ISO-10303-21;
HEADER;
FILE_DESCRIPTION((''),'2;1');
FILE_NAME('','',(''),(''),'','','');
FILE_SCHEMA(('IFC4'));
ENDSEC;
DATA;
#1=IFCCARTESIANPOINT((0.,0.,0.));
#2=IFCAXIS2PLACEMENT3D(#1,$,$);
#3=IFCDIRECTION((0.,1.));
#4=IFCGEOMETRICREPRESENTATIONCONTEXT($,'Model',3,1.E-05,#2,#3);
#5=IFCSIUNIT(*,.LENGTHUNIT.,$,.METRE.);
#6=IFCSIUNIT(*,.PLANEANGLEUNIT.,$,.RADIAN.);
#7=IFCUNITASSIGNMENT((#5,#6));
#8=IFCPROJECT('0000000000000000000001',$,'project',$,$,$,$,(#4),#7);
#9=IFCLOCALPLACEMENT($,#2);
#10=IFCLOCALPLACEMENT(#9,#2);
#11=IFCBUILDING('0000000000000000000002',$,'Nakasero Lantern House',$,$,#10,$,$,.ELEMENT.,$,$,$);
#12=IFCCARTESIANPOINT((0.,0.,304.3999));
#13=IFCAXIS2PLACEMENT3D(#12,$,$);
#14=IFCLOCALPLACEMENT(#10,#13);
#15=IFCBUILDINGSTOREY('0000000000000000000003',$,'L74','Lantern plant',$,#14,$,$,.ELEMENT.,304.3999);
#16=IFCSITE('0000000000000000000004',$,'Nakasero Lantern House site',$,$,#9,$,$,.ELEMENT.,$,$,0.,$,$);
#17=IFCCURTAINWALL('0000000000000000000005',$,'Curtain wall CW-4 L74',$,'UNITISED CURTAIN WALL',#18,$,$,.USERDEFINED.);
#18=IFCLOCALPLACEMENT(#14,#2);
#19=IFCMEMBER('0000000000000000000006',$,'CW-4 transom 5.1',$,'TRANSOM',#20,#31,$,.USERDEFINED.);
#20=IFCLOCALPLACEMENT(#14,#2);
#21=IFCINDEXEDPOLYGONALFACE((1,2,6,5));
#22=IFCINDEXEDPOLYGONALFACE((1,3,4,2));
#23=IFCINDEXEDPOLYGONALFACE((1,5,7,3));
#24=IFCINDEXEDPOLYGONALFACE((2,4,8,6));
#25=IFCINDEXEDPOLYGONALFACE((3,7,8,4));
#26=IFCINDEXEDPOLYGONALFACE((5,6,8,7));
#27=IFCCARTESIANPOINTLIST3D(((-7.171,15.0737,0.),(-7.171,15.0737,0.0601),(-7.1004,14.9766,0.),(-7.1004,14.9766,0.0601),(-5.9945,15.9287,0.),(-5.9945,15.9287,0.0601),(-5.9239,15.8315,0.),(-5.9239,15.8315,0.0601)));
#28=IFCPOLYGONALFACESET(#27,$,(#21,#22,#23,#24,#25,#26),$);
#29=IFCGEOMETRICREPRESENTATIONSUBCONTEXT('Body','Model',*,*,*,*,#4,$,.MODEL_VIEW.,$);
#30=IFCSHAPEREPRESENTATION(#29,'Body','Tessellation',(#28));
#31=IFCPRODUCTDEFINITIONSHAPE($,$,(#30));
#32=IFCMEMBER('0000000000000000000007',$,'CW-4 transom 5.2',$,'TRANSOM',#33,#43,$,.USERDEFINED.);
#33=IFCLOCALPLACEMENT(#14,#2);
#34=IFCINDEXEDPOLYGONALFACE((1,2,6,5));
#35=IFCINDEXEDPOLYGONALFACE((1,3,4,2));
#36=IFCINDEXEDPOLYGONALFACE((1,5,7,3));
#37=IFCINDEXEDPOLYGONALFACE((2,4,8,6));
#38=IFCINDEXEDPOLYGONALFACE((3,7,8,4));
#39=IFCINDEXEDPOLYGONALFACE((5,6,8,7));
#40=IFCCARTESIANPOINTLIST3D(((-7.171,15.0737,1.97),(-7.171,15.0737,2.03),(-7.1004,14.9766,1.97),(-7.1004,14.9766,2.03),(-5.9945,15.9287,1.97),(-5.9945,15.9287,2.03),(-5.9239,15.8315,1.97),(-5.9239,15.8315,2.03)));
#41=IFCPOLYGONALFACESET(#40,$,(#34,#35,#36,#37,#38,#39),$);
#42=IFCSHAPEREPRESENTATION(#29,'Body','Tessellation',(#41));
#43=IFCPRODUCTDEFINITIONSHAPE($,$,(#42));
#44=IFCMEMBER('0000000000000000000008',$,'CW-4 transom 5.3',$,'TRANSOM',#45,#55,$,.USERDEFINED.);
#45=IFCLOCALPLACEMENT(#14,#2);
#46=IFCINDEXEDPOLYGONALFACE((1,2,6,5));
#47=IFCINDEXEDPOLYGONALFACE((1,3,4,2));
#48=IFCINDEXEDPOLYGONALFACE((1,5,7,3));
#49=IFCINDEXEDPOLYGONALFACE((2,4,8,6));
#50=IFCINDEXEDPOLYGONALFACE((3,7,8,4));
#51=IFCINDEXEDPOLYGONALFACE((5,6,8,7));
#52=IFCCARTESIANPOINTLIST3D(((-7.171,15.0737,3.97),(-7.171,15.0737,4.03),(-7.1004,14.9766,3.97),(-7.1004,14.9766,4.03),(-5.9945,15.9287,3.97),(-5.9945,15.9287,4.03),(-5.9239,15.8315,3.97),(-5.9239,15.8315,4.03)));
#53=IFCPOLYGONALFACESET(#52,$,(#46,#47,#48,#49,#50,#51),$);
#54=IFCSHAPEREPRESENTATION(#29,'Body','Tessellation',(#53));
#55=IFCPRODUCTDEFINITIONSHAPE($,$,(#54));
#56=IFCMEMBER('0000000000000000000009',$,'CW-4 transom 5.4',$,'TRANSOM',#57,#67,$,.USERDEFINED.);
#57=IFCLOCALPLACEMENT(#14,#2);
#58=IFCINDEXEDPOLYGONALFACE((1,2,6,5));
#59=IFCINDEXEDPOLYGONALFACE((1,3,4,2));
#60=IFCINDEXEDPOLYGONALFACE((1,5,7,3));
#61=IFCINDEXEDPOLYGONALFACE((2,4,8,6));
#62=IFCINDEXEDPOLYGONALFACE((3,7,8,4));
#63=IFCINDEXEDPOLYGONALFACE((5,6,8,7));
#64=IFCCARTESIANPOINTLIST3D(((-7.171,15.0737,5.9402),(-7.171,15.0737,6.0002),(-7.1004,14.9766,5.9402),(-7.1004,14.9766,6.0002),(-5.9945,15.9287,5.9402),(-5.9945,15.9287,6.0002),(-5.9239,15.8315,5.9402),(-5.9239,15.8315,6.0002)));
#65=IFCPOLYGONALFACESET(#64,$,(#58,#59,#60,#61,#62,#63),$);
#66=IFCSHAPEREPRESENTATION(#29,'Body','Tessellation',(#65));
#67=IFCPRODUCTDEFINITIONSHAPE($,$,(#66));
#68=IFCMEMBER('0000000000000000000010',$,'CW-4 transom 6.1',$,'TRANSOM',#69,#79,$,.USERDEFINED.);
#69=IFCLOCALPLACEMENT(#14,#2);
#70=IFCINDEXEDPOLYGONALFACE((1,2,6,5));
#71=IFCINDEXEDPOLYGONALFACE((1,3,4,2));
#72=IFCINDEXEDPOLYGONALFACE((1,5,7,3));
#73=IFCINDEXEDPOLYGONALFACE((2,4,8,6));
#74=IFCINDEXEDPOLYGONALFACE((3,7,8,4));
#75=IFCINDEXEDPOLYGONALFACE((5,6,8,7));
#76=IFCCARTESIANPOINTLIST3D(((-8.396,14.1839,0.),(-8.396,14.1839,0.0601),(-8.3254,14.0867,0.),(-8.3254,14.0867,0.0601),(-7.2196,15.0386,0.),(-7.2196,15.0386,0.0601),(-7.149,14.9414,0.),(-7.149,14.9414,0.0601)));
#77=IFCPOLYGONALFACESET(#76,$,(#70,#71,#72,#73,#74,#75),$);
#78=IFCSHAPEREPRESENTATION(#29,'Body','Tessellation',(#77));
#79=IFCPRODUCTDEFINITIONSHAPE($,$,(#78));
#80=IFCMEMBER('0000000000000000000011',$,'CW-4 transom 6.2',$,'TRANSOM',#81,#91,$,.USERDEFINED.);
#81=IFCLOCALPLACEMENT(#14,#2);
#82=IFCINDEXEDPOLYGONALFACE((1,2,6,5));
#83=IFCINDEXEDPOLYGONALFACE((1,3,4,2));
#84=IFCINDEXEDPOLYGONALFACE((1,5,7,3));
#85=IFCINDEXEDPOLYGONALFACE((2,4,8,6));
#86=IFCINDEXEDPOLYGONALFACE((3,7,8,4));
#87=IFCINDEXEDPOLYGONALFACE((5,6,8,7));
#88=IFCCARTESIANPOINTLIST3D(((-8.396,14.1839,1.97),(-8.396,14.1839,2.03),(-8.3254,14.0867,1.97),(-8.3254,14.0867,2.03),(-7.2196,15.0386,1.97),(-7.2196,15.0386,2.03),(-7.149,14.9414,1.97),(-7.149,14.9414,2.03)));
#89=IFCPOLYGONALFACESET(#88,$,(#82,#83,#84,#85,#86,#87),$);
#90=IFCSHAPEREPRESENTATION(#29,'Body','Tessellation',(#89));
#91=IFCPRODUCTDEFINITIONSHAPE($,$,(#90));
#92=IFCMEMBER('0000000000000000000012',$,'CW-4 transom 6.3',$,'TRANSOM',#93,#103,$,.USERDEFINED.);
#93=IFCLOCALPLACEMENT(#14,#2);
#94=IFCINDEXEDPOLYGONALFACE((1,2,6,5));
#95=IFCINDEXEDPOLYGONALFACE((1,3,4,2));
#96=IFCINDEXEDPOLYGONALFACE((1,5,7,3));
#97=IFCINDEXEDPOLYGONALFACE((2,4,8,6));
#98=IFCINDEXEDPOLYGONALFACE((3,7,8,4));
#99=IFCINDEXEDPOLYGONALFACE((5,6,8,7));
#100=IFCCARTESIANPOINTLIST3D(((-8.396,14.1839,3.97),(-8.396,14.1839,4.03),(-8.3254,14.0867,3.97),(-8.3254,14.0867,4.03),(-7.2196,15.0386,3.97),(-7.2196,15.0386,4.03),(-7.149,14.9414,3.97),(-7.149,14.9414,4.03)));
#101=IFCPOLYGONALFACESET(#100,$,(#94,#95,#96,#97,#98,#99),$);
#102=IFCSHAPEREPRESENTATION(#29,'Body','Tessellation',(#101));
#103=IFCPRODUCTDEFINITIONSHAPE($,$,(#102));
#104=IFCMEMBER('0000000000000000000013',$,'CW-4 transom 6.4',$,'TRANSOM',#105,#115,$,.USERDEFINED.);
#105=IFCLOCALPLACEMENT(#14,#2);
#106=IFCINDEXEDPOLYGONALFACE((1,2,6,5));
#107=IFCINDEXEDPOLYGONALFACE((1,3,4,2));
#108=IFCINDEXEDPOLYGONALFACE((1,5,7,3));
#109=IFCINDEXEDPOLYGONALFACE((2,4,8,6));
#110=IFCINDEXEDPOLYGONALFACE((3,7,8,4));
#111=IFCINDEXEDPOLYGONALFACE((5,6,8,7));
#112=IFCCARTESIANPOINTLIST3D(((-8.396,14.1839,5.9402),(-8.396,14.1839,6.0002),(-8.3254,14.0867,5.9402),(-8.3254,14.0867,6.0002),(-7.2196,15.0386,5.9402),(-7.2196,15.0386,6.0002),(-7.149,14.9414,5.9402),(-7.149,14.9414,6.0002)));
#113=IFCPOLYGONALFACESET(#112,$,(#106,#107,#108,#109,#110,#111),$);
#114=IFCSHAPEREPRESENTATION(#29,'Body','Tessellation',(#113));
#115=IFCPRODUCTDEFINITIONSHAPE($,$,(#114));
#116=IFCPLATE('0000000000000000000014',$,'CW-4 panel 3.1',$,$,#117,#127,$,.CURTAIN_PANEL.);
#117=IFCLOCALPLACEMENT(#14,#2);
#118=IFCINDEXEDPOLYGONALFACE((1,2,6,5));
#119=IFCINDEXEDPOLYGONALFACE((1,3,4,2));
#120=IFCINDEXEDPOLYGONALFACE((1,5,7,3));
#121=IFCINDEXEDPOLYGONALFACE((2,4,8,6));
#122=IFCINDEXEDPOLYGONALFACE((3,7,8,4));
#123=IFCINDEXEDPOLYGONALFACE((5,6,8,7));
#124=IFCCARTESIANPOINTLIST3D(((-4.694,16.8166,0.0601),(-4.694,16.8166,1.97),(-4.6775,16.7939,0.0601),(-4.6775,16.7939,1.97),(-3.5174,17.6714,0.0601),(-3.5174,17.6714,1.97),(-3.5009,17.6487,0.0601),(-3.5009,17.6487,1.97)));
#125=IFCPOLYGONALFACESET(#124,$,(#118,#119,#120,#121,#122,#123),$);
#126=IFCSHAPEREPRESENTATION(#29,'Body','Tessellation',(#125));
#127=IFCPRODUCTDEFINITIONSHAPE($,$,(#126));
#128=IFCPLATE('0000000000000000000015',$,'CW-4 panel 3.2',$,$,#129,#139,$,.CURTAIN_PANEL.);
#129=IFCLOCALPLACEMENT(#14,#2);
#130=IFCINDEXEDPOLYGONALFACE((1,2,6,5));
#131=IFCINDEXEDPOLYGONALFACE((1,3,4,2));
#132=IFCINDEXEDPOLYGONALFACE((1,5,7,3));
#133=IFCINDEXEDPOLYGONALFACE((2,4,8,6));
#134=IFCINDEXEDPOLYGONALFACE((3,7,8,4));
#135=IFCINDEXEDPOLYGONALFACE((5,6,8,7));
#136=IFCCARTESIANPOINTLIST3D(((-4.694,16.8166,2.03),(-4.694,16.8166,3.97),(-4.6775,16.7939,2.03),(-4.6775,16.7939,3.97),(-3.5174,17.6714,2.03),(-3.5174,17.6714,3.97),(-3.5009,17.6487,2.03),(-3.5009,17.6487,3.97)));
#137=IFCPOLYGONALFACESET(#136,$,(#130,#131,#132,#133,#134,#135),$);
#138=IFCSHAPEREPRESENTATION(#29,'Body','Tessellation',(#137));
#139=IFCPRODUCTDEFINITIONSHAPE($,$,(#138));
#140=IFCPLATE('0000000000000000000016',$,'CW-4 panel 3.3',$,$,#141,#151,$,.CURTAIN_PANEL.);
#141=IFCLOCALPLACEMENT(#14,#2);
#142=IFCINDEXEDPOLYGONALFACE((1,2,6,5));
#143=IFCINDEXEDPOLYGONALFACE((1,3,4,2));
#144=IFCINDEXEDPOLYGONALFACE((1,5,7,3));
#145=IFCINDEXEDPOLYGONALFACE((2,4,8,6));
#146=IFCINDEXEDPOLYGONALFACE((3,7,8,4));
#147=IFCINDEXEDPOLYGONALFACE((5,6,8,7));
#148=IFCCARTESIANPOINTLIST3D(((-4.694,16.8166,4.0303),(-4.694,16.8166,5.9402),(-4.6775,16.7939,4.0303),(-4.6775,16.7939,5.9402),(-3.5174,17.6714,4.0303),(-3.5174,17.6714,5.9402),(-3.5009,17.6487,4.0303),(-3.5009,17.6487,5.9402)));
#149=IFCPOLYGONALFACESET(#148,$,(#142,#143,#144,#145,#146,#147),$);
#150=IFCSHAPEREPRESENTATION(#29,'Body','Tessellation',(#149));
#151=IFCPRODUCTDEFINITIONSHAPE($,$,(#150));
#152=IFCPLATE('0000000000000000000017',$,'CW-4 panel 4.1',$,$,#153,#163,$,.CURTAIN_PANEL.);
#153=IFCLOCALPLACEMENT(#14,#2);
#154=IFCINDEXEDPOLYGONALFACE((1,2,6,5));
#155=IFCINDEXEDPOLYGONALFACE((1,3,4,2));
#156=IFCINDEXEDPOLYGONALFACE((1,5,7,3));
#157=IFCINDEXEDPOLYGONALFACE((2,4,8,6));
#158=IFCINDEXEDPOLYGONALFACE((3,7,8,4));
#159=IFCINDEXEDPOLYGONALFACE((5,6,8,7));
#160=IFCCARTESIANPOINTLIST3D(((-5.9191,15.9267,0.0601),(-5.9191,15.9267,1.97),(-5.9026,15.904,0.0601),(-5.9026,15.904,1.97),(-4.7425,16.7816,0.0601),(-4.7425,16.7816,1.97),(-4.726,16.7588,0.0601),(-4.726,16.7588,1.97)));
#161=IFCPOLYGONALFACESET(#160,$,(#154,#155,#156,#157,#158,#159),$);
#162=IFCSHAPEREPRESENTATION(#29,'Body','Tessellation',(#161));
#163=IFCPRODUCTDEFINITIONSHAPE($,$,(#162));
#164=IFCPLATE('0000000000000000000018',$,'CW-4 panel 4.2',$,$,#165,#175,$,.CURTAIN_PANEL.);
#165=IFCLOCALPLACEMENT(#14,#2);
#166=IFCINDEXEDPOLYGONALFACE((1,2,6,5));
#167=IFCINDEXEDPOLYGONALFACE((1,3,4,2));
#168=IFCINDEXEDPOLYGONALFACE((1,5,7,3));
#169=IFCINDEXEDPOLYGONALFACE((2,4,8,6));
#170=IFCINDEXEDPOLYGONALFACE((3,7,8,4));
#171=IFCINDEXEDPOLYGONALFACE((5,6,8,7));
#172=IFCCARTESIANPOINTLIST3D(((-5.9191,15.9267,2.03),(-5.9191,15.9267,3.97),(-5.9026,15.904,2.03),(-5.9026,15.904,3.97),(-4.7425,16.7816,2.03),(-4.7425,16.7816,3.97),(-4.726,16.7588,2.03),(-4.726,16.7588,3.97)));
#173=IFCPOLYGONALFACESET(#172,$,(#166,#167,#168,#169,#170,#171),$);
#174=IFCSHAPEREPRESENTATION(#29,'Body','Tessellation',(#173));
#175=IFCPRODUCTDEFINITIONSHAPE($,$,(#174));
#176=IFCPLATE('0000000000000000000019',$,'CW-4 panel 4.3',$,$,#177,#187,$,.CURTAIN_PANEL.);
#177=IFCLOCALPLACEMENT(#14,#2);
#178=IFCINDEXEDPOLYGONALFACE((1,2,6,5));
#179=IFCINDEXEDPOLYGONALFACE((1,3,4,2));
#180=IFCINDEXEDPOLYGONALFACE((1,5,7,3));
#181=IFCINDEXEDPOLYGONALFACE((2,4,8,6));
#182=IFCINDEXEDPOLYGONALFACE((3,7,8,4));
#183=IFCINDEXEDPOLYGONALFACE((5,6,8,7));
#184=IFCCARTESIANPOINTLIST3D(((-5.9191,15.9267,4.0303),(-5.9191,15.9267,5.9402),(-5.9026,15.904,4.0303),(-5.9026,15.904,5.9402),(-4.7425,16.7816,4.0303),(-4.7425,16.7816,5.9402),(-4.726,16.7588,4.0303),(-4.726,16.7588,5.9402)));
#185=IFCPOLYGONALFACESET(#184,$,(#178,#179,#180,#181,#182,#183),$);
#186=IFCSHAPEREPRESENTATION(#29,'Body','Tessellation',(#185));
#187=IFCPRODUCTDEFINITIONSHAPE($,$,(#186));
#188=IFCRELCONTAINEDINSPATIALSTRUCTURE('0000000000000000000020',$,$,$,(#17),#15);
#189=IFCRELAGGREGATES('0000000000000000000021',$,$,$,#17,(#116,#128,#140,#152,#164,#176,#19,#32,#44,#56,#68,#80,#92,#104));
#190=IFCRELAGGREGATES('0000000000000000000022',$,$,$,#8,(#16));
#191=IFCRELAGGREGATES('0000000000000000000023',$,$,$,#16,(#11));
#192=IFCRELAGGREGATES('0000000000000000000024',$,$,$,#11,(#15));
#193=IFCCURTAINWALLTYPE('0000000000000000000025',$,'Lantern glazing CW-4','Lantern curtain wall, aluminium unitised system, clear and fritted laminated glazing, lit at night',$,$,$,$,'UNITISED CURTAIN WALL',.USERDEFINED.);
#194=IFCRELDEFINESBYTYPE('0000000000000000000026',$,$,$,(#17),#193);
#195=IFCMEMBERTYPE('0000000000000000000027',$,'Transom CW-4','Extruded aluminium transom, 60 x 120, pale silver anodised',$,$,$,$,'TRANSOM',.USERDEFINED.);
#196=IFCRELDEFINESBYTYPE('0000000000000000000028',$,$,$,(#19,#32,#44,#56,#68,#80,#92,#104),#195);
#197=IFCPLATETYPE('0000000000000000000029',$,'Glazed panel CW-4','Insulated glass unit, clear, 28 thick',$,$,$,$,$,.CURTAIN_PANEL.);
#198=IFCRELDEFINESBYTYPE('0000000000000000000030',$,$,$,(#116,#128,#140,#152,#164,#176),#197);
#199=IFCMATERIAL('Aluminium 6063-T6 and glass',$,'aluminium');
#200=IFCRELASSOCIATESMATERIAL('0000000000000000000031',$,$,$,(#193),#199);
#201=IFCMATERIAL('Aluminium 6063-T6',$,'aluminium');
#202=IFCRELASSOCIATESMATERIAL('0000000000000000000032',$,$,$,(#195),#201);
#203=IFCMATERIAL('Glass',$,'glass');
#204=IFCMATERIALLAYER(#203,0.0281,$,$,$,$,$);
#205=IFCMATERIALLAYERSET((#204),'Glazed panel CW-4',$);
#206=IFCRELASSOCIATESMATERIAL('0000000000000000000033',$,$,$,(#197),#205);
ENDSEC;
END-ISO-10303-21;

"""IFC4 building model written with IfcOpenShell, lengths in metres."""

from ifc_helpers import new_model, si_unit, direction, frame, origin, origin_2d, place, context, subcontext, project, spatial, rectangle, extrude, material, layer, layer_set, material_profile, profile_set, type_object, element, aggregate, save


model = new_model("IFC4")

# Units and contexts
model_context = context("Model", 3, precision=1e-05, world=origin(), true_north=direction((0.0, 1.0)))
body_context = subcontext(model_context, "Body", "Model", "MODEL_VIEW")
ifc_project = project(units=[si_unit("LENGTHUNIT", "METRE"), si_unit("PLANEANGLEUNIT", "RADIAN")], contexts=[model_context])

# Site, building, storey
site_placement = place(None, origin())
site = spatial("IfcSite", under=ifc_project, at=site_placement, Name="Nakasero Lantern House site", CompositionType="ELEMENT", RefElevation=0.0)
building_placement = place(site_placement, origin())
building = spatial("IfcBuilding", under=site, at=building_placement, Name="Nakasero Lantern House", CompositionType="ELEMENT")
storey_placement = place(building_placement, frame((0.0, 0.0, 304.3999)))
storey = spatial("IfcBuildingStorey", under=building, at=storey_placement, Name="L74", Description="Lantern plant", CompositionType="ELEMENT", Elevation=304.3999)

# Curtain wall
ifc_material_1 = material(Name="Aluminium 6063-T6 and glass", Category="aluminium")
curtain_wall_type = type_object("IfcCurtainWallType", Name="Lantern glazing CW-4", Description="Lantern curtain wall, aluminium unitised system, clear and fritted laminated glazing, lit at night", ElementType="UNITISED CURTAIN WALL", PredefinedType="USERDEFINED", material=ifc_material_1)
curtain_wall_placement = place(storey_placement, origin())
curtain_wall = element("IfcCurtainWall", 1, at=curtain_wall_placement, inside=storey, type_object=curtain_wall_type, Name="Curtain wall CW-4 L74", ObjectType="UNITISED CURTAIN WALL", PredefinedType="USERDEFINED")

# Members
ifc_material_2 = material(Name="Aluminium 6063-T6", Category="aluminium")
ifc_material_profile_1 = material_profile(ifc_material_2, rectangle(XDim=0.0601, YDim=0.1201, at=origin_2d()), Name="CW-4 transom 60x120")
ifc_profile_set_1 = profile_set([ifc_material_profile_1], Name="Aluminium 6063-T6")
member_type_1 = type_object("IfcMemberType", Name="Transom CW-4", Description="Extruded aluminium transom, 60 x 120, pale silver anodised", ElementType="TRANSOM", PredefinedType="USERDEFINED", material=ifc_profile_set_1)
member_1_placement = place(storey_placement, frame((-5.9592, 15.8801, 0.03), z_axis=(-0.808954, -0.587872, 0.0), x_axis=(0.0, 0.0, 1.0)))
member_1 = element("IfcMember", 2, at=member_1_placement, type_object=member_type_1, Name="CW-4 transom 5.1", ObjectType="TRANSOM", PredefinedType="USERDEFINED", context=body_context, shape_type="SweptSolid", body=[
    extrude(rectangle(XDim=0.0601, YDim=0.1201, at=origin_2d()), origin(), (0.0, 0.0, 1.0), 1.4543),
])
member_2_placement = place(storey_placement, frame((-5.9592, 15.8801, 2.0), z_axis=(-0.808954, -0.587872, 0.0), x_axis=(0.0, 0.0, 1.0)))
member_2 = element("IfcMember", 3, at=member_2_placement, type_object=member_type_1, Name="CW-4 transom 5.2", ObjectType="TRANSOM", PredefinedType="USERDEFINED", context=body_context, shape_type="SweptSolid", body=[
    extrude(rectangle(XDim=0.0601, YDim=0.1201, at=origin_2d()), origin(), (0.0, 0.0, 1.0), 1.4543),
])
member_3_placement = place(storey_placement, frame((-5.9592, 15.8801, 4.0), z_axis=(-0.808954, -0.587872, 0.0), x_axis=(0.0, 0.0, 1.0)))
member_3 = element("IfcMember", 4, at=member_3_placement, type_object=member_type_1, Name="CW-4 transom 5.3", ObjectType="TRANSOM", PredefinedType="USERDEFINED", context=body_context, shape_type="SweptSolid", body=[
    extrude(rectangle(XDim=0.0601, YDim=0.1201, at=origin_2d()), origin(), (0.0, 0.0, 1.0), 1.4543),
])
member_4_placement = place(storey_placement, frame((-5.9592, 15.8801, 5.9702), z_axis=(-0.808954, -0.587872, 0.0), x_axis=(0.0, 0.0, 1.0)))
member_4 = element("IfcMember", 5, at=member_4_placement, type_object=member_type_1, Name="CW-4 transom 5.4", ObjectType="TRANSOM", PredefinedType="USERDEFINED", context=body_context, shape_type="SweptSolid", body=[
    extrude(rectangle(XDim=0.0601, YDim=0.1201, at=origin_2d()), origin(), (0.0, 0.0, 1.0), 1.4543),
])
member_5_placement = place(storey_placement, frame((-7.1843, 14.99, 0.03), z_axis=(-0.809034, -0.587762, 0.0), x_axis=(0.0, 0.0, 1.0)))
member_5 = element("IfcMember", 6, at=member_5_placement, type_object=member_type_1, Name="CW-4 transom 6.1", ObjectType="TRANSOM", PredefinedType="USERDEFINED", context=body_context, shape_type="SweptSolid", body=[
    extrude(rectangle(XDim=0.0601, YDim=0.1201, at=origin_2d()), origin(), (0.0, 0.0, 1.0), 1.4541),
])
member_6_placement = place(storey_placement, frame((-7.1843, 14.99, 2.0), z_axis=(-0.809034, -0.587762, 0.0), x_axis=(0.0, 0.0, 1.0)))
member_6 = element("IfcMember", 7, at=member_6_placement, type_object=member_type_1, Name="CW-4 transom 6.2", ObjectType="TRANSOM", PredefinedType="USERDEFINED", context=body_context, shape_type="SweptSolid", body=[
    extrude(rectangle(XDim=0.0601, YDim=0.1201, at=origin_2d()), origin(), (0.0, 0.0, 1.0), 1.4541),
])
member_7_placement = place(storey_placement, frame((-7.1843, 14.99, 4.0), z_axis=(-0.809034, -0.587762, 0.0), x_axis=(0.0, 0.0, 1.0)))
member_7 = element("IfcMember", 8, at=member_7_placement, type_object=member_type_1, Name="CW-4 transom 6.3", ObjectType="TRANSOM", PredefinedType="USERDEFINED", context=body_context, shape_type="SweptSolid", body=[
    extrude(rectangle(XDim=0.0601, YDim=0.1201, at=origin_2d()), origin(), (0.0, 0.0, 1.0), 1.4541),
])
member_8_placement = place(storey_placement, frame((-7.1843, 14.99, 5.9702), z_axis=(-0.809034, -0.587762, 0.0), x_axis=(0.0, 0.0, 1.0)))
member_8 = element("IfcMember", 9, at=member_8_placement, type_object=member_type_1, Name="CW-4 transom 6.4", ObjectType="TRANSOM", PredefinedType="USERDEFINED", context=body_context, shape_type="SweptSolid", body=[
    extrude(rectangle(XDim=0.0601, YDim=0.1201, at=origin_2d()), origin(), (0.0, 0.0, 1.0), 1.4541),
])

# Plates
ifc_material_3 = material(Name="Glass", Category="glass")
ifc_layer = layer(ifc_material_3, 0.0281)
ifc_layer_set = layer_set([ifc_layer], Name="Glazed panel CW-4")
plate_type = type_object("IfcPlateType", Name="Glazed panel CW-4", Description="Insulated glass unit, clear, 28 thick", PredefinedType="CURTAIN_PANEL", material=ifc_layer_set)
plate_1_placement = place(storey_placement, frame((-4.0974, 17.2327, 0.0601), z_axis=(0.0, 0.0, 1.0), x_axis=(-0.809017, -0.587785, 0.0)))
plate_1 = element("IfcPlate", 10, at=plate_1_placement, type_object=plate_type, Name="CW-4 panel 3.1", PredefinedType="CURTAIN_PANEL", context=body_context, shape_type="SweptSolid", body=[
    extrude(rectangle(XDim=1.4543, YDim=0.0281, at=origin_2d()), origin(), (0.0, 0.0, 1.0), 1.9099),
])
plate_2_placement = place(storey_placement, frame((-4.0974, 17.2327, 2.03), z_axis=(0.0, 0.0, 1.0), x_axis=(-0.809017, -0.587785, 0.0)))
plate_2 = element("IfcPlate", 11, at=plate_2_placement, type_object=plate_type, Name="CW-4 panel 3.2", PredefinedType="CURTAIN_PANEL", context=body_context, shape_type="SweptSolid", body=[
    extrude(rectangle(XDim=1.4543, YDim=0.0281, at=origin_2d()), origin(), (0.0, 0.0, 1.0), 1.9399),
])
plate_3_placement = place(storey_placement, frame((-4.0974, 17.2327, 4.0303), z_axis=(0.0, 0.0, 1.0), x_axis=(-0.809017, -0.587785, 0.0)))
plate_3 = element("IfcPlate", 12, at=plate_3_placement, type_object=plate_type, Name="CW-4 panel 3.3", PredefinedType="CURTAIN_PANEL", context=body_context, shape_type="SweptSolid", body=[
    extrude(rectangle(XDim=1.4543, YDim=0.0281, at=origin_2d()), origin(), (0.0, 0.0, 1.0), 1.9099),
])
plate_4_placement = place(storey_placement, frame((-5.3225, 16.3428, 0.0601), z_axis=(0.0, 0.0, 1.0), x_axis=(-0.809017, -0.587785, 0.0)))
plate_4 = element("IfcPlate", 13, at=plate_4_placement, type_object=plate_type, Name="CW-4 panel 4.1", PredefinedType="CURTAIN_PANEL", context=body_context, shape_type="SweptSolid", body=[
    extrude(rectangle(XDim=1.4543, YDim=0.0281, at=origin_2d()), origin(), (0.0, 0.0, 1.0), 1.9099),
])
plate_5_placement = place(storey_placement, frame((-5.3225, 16.3428, 2.03), z_axis=(0.0, 0.0, 1.0), x_axis=(-0.809017, -0.587785, 0.0)))
plate_5 = element("IfcPlate", 14, at=plate_5_placement, type_object=plate_type, Name="CW-4 panel 4.2", PredefinedType="CURTAIN_PANEL", context=body_context, shape_type="SweptSolid", body=[
    extrude(rectangle(XDim=1.4543, YDim=0.0281, at=origin_2d()), origin(), (0.0, 0.0, 1.0), 1.9399),
])
plate_6_placement = place(storey_placement, frame((-5.3225, 16.3428, 4.0303), z_axis=(0.0, 0.0, 1.0), x_axis=(-0.809017, -0.587785, 0.0)))
plate_6 = element("IfcPlate", 15, at=plate_6_placement, type_object=plate_type, Name="CW-4 panel 4.3", PredefinedType="CURTAIN_PANEL", context=body_context, shape_type="SweptSolid", body=[
    extrude(rectangle(XDim=1.4543, YDim=0.0281, at=origin_2d()), origin(), (0.0, 0.0, 1.0), 1.9099),
])
aggregate(curtain_wall, [plate_1, plate_2, plate_3, plate_4, plate_5, plate_6, member_1, member_2, member_3, member_4, member_5, member_6, member_7, member_8])

save(model, "model.ifc")
